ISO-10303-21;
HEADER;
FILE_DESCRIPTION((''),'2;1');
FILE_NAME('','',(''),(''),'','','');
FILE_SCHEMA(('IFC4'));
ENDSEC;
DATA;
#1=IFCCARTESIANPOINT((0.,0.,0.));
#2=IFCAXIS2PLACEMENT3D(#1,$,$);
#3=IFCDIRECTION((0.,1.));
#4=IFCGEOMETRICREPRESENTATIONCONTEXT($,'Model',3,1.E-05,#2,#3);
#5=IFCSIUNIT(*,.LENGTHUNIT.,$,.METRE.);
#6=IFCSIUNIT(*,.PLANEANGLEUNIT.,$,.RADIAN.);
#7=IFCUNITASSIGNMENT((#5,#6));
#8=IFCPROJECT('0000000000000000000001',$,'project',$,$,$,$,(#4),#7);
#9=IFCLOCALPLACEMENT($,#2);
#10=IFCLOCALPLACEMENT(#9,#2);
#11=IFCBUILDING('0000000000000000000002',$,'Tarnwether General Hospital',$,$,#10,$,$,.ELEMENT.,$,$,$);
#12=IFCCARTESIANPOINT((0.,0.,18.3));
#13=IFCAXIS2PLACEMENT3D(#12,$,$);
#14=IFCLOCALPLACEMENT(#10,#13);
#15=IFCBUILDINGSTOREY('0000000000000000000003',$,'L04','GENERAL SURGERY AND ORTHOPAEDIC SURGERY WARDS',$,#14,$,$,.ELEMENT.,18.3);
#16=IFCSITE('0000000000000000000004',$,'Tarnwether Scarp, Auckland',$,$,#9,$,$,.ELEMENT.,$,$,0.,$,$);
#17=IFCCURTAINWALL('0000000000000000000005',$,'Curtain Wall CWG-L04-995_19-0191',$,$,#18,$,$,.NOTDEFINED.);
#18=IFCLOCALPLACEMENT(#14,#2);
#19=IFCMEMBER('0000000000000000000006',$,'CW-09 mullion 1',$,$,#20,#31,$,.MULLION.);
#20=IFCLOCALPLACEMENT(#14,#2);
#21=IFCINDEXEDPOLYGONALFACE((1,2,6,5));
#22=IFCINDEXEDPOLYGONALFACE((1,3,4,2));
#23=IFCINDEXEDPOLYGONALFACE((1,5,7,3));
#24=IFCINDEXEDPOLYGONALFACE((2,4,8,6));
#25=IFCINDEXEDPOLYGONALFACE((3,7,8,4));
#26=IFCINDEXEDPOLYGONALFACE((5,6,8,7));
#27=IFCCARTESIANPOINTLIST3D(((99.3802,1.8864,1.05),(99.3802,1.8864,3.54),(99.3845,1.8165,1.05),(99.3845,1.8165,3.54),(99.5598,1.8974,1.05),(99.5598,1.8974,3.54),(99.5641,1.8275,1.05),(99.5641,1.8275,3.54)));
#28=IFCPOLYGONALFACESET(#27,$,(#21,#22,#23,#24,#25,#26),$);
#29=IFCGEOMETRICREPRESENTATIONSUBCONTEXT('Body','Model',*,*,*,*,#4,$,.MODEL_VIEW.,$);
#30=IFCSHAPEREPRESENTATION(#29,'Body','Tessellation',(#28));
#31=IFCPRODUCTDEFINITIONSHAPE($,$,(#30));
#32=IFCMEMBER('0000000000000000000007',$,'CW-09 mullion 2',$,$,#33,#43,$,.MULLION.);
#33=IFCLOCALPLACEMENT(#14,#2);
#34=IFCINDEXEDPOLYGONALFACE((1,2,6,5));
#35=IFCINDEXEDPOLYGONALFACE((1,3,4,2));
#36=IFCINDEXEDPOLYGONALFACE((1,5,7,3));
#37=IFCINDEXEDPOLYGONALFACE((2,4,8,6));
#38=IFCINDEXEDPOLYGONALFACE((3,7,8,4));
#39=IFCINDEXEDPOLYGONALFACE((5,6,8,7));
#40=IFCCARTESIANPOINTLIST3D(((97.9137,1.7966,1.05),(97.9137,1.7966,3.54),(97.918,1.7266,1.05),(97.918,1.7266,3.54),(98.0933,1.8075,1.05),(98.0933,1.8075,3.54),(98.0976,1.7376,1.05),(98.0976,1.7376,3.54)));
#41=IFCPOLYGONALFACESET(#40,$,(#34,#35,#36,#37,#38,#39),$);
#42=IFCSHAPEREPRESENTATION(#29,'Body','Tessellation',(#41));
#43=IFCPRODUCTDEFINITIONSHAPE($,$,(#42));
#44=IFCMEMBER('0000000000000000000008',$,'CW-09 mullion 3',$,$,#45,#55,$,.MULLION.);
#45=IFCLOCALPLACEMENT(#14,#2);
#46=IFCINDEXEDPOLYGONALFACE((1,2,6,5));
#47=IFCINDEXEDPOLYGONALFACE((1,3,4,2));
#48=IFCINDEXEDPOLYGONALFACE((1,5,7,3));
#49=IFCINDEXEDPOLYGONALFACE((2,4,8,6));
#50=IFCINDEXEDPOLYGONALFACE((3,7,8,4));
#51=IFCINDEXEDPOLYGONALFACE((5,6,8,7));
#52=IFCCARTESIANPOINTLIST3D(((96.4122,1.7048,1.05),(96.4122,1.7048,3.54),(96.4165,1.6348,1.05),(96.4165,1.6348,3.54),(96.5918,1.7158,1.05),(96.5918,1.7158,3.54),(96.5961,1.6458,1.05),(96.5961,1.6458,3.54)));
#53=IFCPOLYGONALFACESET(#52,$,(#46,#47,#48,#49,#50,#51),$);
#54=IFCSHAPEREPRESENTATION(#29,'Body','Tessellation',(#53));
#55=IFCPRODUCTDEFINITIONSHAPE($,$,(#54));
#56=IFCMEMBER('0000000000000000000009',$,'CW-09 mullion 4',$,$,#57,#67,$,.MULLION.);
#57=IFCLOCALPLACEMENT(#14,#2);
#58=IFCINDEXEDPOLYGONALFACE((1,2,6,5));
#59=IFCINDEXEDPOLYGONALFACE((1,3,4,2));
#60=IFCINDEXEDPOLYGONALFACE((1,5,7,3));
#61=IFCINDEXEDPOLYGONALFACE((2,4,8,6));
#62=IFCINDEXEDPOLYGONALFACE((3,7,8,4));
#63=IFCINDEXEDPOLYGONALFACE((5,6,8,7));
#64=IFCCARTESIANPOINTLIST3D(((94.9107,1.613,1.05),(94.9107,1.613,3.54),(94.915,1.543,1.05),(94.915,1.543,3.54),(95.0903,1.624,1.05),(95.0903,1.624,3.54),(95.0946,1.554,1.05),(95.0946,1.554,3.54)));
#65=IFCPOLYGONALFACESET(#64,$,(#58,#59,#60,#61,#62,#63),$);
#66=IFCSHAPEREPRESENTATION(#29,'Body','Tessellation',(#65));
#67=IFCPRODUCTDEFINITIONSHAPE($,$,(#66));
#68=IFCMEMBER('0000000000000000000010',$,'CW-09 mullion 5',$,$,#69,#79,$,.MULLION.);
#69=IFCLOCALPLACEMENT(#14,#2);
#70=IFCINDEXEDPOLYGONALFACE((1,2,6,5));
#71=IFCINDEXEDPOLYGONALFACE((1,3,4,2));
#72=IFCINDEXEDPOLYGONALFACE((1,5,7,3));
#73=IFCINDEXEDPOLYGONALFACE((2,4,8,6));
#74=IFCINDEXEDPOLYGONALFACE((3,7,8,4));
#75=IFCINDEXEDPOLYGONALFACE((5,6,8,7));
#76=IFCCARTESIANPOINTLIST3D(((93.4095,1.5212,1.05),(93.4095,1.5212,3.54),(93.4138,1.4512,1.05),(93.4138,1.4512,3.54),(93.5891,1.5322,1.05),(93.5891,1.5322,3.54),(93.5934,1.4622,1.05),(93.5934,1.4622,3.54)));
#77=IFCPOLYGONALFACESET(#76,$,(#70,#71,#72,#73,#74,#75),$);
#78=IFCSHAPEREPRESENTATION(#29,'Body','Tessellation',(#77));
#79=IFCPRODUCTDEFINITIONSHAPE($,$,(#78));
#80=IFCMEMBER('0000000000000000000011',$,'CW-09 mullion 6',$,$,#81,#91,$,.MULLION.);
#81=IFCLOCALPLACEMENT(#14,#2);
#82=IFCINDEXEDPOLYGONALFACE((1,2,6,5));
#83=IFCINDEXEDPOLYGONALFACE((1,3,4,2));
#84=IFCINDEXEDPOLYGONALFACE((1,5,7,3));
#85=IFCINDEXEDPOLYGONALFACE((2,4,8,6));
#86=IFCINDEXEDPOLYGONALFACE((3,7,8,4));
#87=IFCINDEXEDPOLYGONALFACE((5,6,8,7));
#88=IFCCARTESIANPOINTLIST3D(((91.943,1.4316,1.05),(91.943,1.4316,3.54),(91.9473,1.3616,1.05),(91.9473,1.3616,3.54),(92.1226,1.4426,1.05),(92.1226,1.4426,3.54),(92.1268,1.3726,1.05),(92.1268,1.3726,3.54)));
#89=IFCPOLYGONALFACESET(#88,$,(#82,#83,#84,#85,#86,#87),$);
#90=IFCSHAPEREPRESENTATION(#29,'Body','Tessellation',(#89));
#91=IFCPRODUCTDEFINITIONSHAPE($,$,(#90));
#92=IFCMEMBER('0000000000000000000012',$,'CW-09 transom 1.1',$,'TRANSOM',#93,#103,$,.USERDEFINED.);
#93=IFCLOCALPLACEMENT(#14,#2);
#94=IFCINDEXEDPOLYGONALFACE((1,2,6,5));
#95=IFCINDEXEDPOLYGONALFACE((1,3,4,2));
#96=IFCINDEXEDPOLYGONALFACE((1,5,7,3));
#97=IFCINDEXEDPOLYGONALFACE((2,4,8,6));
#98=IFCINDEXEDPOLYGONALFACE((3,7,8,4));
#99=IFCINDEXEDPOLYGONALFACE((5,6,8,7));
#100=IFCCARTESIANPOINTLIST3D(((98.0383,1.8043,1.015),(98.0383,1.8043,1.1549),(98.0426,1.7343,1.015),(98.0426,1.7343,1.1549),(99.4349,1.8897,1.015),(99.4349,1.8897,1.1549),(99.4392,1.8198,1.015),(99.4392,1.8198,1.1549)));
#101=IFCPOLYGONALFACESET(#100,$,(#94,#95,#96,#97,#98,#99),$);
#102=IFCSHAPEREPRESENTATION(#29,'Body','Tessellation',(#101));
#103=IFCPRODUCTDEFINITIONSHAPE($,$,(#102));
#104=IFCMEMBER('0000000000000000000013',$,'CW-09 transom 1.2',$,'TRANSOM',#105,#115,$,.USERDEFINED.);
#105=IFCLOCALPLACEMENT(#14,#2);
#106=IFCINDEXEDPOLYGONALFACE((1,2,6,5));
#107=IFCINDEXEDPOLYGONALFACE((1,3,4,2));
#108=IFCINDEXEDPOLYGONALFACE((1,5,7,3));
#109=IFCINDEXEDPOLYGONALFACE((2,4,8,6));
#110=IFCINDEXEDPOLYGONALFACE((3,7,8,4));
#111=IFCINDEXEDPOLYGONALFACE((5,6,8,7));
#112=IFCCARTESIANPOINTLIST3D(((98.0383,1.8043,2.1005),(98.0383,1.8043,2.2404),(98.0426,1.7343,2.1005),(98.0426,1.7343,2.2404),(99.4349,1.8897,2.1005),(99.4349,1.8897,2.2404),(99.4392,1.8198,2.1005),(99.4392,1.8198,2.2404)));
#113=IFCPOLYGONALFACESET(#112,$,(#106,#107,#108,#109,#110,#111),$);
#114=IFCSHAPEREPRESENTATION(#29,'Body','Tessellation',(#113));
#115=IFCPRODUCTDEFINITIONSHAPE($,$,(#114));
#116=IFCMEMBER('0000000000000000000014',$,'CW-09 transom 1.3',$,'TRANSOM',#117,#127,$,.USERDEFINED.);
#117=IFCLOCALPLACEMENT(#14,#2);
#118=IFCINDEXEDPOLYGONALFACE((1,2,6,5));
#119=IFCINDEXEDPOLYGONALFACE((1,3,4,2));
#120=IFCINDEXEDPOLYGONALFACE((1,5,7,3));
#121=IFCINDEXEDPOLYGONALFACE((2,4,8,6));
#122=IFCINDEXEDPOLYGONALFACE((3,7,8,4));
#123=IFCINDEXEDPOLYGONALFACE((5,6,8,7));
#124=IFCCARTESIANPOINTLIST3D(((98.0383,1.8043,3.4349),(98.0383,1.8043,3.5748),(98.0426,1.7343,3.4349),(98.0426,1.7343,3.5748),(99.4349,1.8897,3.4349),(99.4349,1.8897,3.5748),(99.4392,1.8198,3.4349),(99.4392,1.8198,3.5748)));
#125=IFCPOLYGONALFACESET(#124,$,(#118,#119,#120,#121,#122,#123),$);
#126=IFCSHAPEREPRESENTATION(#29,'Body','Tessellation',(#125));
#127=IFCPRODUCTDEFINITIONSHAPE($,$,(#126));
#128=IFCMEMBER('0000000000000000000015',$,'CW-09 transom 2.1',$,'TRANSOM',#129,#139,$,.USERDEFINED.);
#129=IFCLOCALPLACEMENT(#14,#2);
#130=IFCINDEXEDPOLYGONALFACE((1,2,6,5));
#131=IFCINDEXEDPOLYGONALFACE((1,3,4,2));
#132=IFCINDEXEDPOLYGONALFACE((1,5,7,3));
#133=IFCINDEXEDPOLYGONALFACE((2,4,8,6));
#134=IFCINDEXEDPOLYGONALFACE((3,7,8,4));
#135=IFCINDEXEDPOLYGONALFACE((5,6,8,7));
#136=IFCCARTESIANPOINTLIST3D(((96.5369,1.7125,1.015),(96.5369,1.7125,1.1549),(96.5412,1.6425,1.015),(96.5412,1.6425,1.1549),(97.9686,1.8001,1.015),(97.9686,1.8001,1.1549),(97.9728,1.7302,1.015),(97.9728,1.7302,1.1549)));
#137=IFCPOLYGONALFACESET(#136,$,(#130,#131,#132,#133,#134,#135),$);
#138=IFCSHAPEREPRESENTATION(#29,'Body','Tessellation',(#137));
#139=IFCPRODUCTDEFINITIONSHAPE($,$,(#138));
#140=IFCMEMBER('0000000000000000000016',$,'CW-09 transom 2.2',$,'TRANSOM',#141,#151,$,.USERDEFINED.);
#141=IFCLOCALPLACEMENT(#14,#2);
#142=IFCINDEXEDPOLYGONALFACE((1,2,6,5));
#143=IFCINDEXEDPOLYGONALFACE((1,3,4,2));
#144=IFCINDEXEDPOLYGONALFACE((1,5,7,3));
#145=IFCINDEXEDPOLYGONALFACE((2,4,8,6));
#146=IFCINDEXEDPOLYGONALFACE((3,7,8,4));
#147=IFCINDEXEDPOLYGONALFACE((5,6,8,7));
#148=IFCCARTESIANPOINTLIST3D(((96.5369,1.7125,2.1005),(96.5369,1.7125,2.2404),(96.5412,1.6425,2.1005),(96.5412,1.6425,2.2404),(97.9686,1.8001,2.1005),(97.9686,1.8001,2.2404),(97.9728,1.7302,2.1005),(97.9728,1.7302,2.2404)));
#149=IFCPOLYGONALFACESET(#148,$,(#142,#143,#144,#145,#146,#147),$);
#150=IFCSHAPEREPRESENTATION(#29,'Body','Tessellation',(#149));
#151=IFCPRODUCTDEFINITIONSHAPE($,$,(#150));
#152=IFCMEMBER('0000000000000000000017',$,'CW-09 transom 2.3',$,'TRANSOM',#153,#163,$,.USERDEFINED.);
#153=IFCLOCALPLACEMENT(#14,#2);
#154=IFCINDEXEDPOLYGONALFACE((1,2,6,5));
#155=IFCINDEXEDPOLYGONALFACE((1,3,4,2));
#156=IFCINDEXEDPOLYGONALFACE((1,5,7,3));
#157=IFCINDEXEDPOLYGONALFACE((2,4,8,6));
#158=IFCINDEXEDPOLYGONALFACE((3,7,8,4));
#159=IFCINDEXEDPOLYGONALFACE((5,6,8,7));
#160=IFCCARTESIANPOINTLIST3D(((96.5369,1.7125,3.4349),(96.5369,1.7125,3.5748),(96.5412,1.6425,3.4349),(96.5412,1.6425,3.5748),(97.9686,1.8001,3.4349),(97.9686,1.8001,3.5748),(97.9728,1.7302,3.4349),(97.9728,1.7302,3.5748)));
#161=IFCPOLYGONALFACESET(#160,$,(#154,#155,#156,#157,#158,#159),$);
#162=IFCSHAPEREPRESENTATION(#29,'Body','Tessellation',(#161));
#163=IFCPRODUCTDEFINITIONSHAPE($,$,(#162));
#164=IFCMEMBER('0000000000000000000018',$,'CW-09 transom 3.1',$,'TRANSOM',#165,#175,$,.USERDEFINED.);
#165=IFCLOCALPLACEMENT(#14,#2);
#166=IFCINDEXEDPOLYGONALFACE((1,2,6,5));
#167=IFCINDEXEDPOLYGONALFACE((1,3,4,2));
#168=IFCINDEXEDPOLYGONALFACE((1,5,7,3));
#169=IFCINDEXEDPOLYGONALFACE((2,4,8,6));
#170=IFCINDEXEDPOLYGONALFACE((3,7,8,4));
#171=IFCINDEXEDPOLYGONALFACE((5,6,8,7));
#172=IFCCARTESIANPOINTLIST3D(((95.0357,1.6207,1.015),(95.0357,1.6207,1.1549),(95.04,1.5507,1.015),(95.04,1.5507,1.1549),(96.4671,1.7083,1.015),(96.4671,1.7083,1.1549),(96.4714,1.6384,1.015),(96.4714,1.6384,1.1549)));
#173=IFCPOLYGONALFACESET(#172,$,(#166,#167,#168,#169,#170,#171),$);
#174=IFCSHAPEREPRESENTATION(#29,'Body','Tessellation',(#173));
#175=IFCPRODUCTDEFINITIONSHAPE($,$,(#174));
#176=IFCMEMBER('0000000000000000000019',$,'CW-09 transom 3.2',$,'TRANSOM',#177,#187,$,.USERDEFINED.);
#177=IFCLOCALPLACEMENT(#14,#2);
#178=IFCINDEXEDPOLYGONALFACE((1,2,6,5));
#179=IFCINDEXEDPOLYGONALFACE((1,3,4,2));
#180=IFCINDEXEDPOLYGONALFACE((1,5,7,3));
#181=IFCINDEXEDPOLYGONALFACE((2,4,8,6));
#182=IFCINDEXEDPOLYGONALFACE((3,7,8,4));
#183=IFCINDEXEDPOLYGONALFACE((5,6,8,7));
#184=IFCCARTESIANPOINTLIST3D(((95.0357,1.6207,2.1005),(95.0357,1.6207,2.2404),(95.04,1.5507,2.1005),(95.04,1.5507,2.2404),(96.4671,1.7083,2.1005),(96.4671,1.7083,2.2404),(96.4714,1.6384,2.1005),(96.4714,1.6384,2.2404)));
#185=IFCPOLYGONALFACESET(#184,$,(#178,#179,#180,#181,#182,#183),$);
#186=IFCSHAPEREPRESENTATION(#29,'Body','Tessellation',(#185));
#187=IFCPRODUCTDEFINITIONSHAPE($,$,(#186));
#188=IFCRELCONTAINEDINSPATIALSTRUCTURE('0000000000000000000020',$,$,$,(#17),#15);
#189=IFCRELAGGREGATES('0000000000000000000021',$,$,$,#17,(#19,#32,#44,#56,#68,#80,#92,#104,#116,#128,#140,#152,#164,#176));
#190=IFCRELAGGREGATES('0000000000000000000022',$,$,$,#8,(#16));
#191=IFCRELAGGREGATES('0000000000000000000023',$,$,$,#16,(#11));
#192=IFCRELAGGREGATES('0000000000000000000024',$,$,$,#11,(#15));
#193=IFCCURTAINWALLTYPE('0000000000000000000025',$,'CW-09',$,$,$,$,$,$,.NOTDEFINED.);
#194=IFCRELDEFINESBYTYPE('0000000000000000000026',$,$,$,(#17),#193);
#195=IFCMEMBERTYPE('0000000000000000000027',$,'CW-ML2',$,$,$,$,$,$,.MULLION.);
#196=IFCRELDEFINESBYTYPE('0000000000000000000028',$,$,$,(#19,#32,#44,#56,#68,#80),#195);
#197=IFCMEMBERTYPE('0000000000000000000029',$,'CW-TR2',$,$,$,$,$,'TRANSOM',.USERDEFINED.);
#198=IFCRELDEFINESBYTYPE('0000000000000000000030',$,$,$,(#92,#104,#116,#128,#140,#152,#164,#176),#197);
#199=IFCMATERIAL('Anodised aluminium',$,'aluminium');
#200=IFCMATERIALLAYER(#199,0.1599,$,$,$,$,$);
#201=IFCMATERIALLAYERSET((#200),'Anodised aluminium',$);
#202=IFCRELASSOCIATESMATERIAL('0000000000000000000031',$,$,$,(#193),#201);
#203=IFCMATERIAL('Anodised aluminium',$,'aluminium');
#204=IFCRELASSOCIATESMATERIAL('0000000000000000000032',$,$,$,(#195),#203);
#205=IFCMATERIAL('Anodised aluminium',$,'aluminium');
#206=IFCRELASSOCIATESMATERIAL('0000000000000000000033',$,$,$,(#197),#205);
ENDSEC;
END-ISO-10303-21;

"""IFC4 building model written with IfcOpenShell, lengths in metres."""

from ifc_helpers import new_model, si_unit, direction, frame, origin, origin_2d, place, context, subcontext, project, spatial, rectangle, extrude, material, layer, layer_set, material_profile, profile_set, type_object, element, aggregate, save


model = new_model("IFC4")

# Units and contexts
model_context = context("Model", 3, precision=1e-05, world=origin(), true_north=direction((0.0, 1.0)))
body_context = subcontext(model_context, "Body", "Model", "MODEL_VIEW")
ifc_project = project(units=[si_unit("LENGTHUNIT", "METRE"), si_unit("PLANEANGLEUNIT", "RADIAN")], contexts=[model_context])

# Site, building, storey
site_placement = place(None, origin())
site = spatial("IfcSite", under=ifc_project, at=site_placement, Name="Tarnwether Scarp, Auckland", CompositionType="ELEMENT", RefElevation=0.0)
building_placement = place(site_placement, origin())
building = spatial("IfcBuilding", under=site, at=building_placement, Name="Tarnwether General Hospital", CompositionType="ELEMENT")
storey_placement = place(building_placement, frame((0.0, 0.0, 18.3)))
storey = spatial("IfcBuildingStorey", under=building, at=storey_placement, Name="L04", Description="GENERAL SURGERY AND ORTHOPAEDIC SURGERY WARDS", CompositionType="ELEMENT", Elevation=18.3)

# Curtain wall, members
ifc_material_1 = material(Name="Anodised aluminium", Category="aluminium")
ifc_layer_1 = layer(ifc_material_1, 0.1599)
ifc_layer_set_1 = layer_set([ifc_layer_1], Name="Anodised aluminium")
curtain_wall_type = type_object("IfcCurtainWallType", Name="CW-09", PredefinedType="NOTDEFINED", material=ifc_layer_set_1)
curtain_wall_placement = place(storey_placement, origin())
curtain_wall = element("IfcCurtainWall", 1, at=curtain_wall_placement, inside=storey, type_object=curtain_wall_type, Name="Curtain Wall CWG-L04-995_19-0191", PredefinedType="NOTDEFINED")
ifc_material_2 = material(Name="Anodised aluminium", Category="aluminium")
ifc_material_profile_1 = material_profile(ifc_material_2, rectangle(XDim=0.0701, YDim=0.1799, at=origin_2d()), Name="ALU-MUL-70x180")
ifc_profile_set_1 = profile_set([ifc_material_profile_1], Name="Anodised aluminium")
member_type_1 = type_object("IfcMemberType", Name="CW-ML2", PredefinedType="MULLION", material=ifc_profile_set_1)
member_1_placement = place(storey_placement, frame((99.4722, 1.8569, 1.05), z_axis=(0.0, 0.0, 1.0), x_axis=(0.061029, -0.998136, 0.0)))
member_1 = element("IfcMember", 2, at=member_1_placement, type_object=member_type_1, Name="CW-09 mullion 1", PredefinedType="MULLION", context=body_context, shape_type="SweptSolid", body=[
    extrude(rectangle(XDim=0.0701, YDim=0.1799, at=origin_2d()), origin(), (0.0, 0.0, 1.0), 2.49),
])
member_2_placement = place(storey_placement, frame((98.0056, 1.7671, 1.05), z_axis=(0.0, 0.0, 1.0), x_axis=(0.061029, -0.998136, 0.0)))
member_2 = element("IfcMember", 3, at=member_2_placement, type_object=member_type_1, Name="CW-09 mullion 2", PredefinedType="MULLION", context=body_context, shape_type="SweptSolid", body=[
    extrude(rectangle(XDim=0.0701, YDim=0.1799, at=origin_2d()), origin(), (0.0, 0.0, 1.0), 2.49),
])
member_3_placement = place(storey_placement, frame((96.5042, 1.6753, 1.05), z_axis=(0.0, 0.0, 1.0), x_axis=(0.061029, -0.998136, 0.0)))
member_3 = element("IfcMember", 4, at=member_3_placement, type_object=member_type_1, Name="CW-09 mullion 3", PredefinedType="MULLION", context=body_context, shape_type="SweptSolid", body=[
    extrude(rectangle(XDim=0.0701, YDim=0.1799, at=origin_2d()), origin(), (0.0, 0.0, 1.0), 2.49),
])
member_4_placement = place(storey_placement, frame((95.0027, 1.5835, 1.05), z_axis=(0.0, 0.0, 1.0), x_axis=(0.061029, -0.998136, 0.0)))
member_4 = element("IfcMember", 5, at=member_4_placement, type_object=member_type_1, Name="CW-09 mullion 4", PredefinedType="MULLION", context=body_context, shape_type="SweptSolid", body=[
    extrude(rectangle(XDim=0.0701, YDim=0.1799, at=origin_2d()), origin(), (0.0, 0.0, 1.0), 2.49),
])
member_5_placement = place(storey_placement, frame((93.5015, 1.4917, 1.05), z_axis=(0.0, 0.0, 1.0), x_axis=(0.061029, -0.998136, 0.0)))
member_5 = element("IfcMember", 6, at=member_5_placement, type_object=member_type_1, Name="CW-09 mullion 5", PredefinedType="MULLION", context=body_context, shape_type="SweptSolid", body=[
    extrude(rectangle(XDim=0.0701, YDim=0.1799, at=origin_2d()), origin(), (0.0, 0.0, 1.0), 2.49),
])
member_6_placement = place(storey_placement, frame((92.0349, 1.4021, 1.05), z_axis=(0.0, 0.0, 1.0), x_axis=(0.061029, -0.998136, 0.0)))
member_6 = element("IfcMember", 7, at=member_6_placement, type_object=member_type_1, Name="CW-09 mullion 6", PredefinedType="MULLION", context=body_context, shape_type="SweptSolid", body=[
    extrude(rectangle(XDim=0.0701, YDim=0.1799, at=origin_2d()), origin(), (0.0, 0.0, 1.0), 2.49),
])
ifc_material_3 = material(Name="Anodised aluminium", Category="aluminium")
ifc_material_profile_2 = material_profile(ifc_material_3, rectangle(XDim=0.0701, YDim=0.1399, at=origin_2d()), Name="ALU-TRN-70x140")
ifc_profile_set_2 = profile_set([ifc_material_profile_2], Name="Anodised aluminium")
member_type_2 = type_object("IfcMemberType", Name="CW-TR2", ElementType="TRANSOM", PredefinedType="USERDEFINED", material=ifc_profile_set_2)
member_7_placement = place(storey_placement, frame((99.437, 1.8547, 1.085), z_axis=(-0.998133, -0.061075, 0.0), x_axis=(0.061075, -0.998133, 0.0)))
member_7 = element("IfcMember", 8, at=member_7_placement, type_object=member_type_2, Name="CW-09 transom 1.1", ObjectType="TRANSOM", PredefinedType="USERDEFINED", context=body_context, shape_type="SweptSolid", body=[
    extrude(rectangle(XDim=0.0701, YDim=0.1399, at=origin_2d()), origin(), (0.0, 0.0, 1.0), 1.3992),
])
member_8_placement = place(storey_placement, frame((99.437, 1.8547, 2.1704), z_axis=(-0.998133, -0.061075, 0.0), x_axis=(0.061075, -0.998133, 0.0)))
member_8 = element("IfcMember", 9, at=member_8_placement, type_object=member_type_2, Name="CW-09 transom 1.2", ObjectType="TRANSOM", PredefinedType="USERDEFINED", context=body_context, shape_type="SweptSolid", body=[
    extrude(rectangle(XDim=0.0701, YDim=0.1399, at=origin_2d()), origin(), (0.0, 0.0, 1.0), 1.3992),
])
member_9_placement = place(storey_placement, frame((99.437, 1.8547, 3.5049), z_axis=(-0.998133, -0.061075, 0.0), x_axis=(0.061075, -0.998133, 0.0)))
member_9 = element("IfcMember", 10, at=member_9_placement, type_object=member_type_2, Name="CW-09 transom 1.3", ObjectType="TRANSOM", PredefinedType="USERDEFINED", context=body_context, shape_type="SweptSolid", body=[
    extrude(rectangle(XDim=0.0701, YDim=0.1399, at=origin_2d()), origin(), (0.0, 0.0, 1.0), 1.3992),
])
member_10_placement = place(storey_placement, frame((97.9707, 1.7651, 1.085), z_axis=(-0.998131, -0.061107, 0.0), x_axis=(0.061107, -0.998131, 0.0)))
member_10 = element("IfcMember", 11, at=member_10_placement, type_object=member_type_2, Name="CW-09 transom 2.1", ObjectType="TRANSOM", PredefinedType="USERDEFINED", context=body_context, shape_type="SweptSolid", body=[
    extrude(rectangle(XDim=0.0701, YDim=0.1399, at=origin_2d()), origin(), (0.0, 0.0, 1.0), 1.4343),
])
member_11_placement = place(storey_placement, frame((97.9707, 1.7651, 2.1704), z_axis=(-0.998131, -0.061107, 0.0), x_axis=(0.061107, -0.998131, 0.0)))
member_11 = element("IfcMember", 12, at=member_11_placement, type_object=member_type_2, Name="CW-09 transom 2.2", ObjectType="TRANSOM", PredefinedType="USERDEFINED", context=body_context, shape_type="SweptSolid", body=[
    extrude(rectangle(XDim=0.0701, YDim=0.1399, at=origin_2d()), origin(), (0.0, 0.0, 1.0), 1.4343),
])
member_12_placement = place(storey_placement, frame((97.9707, 1.7651, 3.5049), z_axis=(-0.998131, -0.061107, 0.0), x_axis=(0.061107, -0.998131, 0.0)))
member_12 = element("IfcMember", 13, at=member_12_placement, type_object=member_type_2, Name="CW-09 transom 2.3", ObjectType="TRANSOM", PredefinedType="USERDEFINED", context=body_context, shape_type="SweptSolid", body=[
    extrude(rectangle(XDim=0.0701, YDim=0.1399, at=origin_2d()), origin(), (0.0, 0.0, 1.0), 1.4343),
])
member_13_placement = place(storey_placement, frame((96.4692, 1.6733, 1.085), z_axis=(-0.998131, -0.061117, 0.0), x_axis=(0.061117, -0.998131, 0.0)))
member_13 = element("IfcMember", 14, at=member_13_placement, type_object=member_type_2, Name="CW-09 transom 3.1", ObjectType="TRANSOM", PredefinedType="USERDEFINED", context=body_context, shape_type="SweptSolid", body=[
    extrude(rectangle(XDim=0.0701, YDim=0.1399, at=origin_2d()), origin(), (0.0, 0.0, 1.0), 1.4341),
])
member_14_placement = place(storey_placement, frame((96.4692, 1.6733, 2.1704), z_axis=(-0.998131, -0.061117, 0.0), x_axis=(0.061117, -0.998131, 0.0)))
member_14 = element("IfcMember", 15, at=member_14_placement, type_object=member_type_2, Name="CW-09 transom 3.2", ObjectType="TRANSOM", PredefinedType="USERDEFINED", context=body_context, shape_type="SweptSolid", body=[
    extrude(rectangle(XDim=0.0701, YDim=0.1399, at=origin_2d()), origin(), (0.0, 0.0, 1.0), 1.4341),
])
aggregate(curtain_wall, [member_1, member_2, member_3, member_4, member_5, member_6, member_7, member_8, member_9, member_10, member_11, member_12, member_13, member_14])

save(model, "model.ifc")
